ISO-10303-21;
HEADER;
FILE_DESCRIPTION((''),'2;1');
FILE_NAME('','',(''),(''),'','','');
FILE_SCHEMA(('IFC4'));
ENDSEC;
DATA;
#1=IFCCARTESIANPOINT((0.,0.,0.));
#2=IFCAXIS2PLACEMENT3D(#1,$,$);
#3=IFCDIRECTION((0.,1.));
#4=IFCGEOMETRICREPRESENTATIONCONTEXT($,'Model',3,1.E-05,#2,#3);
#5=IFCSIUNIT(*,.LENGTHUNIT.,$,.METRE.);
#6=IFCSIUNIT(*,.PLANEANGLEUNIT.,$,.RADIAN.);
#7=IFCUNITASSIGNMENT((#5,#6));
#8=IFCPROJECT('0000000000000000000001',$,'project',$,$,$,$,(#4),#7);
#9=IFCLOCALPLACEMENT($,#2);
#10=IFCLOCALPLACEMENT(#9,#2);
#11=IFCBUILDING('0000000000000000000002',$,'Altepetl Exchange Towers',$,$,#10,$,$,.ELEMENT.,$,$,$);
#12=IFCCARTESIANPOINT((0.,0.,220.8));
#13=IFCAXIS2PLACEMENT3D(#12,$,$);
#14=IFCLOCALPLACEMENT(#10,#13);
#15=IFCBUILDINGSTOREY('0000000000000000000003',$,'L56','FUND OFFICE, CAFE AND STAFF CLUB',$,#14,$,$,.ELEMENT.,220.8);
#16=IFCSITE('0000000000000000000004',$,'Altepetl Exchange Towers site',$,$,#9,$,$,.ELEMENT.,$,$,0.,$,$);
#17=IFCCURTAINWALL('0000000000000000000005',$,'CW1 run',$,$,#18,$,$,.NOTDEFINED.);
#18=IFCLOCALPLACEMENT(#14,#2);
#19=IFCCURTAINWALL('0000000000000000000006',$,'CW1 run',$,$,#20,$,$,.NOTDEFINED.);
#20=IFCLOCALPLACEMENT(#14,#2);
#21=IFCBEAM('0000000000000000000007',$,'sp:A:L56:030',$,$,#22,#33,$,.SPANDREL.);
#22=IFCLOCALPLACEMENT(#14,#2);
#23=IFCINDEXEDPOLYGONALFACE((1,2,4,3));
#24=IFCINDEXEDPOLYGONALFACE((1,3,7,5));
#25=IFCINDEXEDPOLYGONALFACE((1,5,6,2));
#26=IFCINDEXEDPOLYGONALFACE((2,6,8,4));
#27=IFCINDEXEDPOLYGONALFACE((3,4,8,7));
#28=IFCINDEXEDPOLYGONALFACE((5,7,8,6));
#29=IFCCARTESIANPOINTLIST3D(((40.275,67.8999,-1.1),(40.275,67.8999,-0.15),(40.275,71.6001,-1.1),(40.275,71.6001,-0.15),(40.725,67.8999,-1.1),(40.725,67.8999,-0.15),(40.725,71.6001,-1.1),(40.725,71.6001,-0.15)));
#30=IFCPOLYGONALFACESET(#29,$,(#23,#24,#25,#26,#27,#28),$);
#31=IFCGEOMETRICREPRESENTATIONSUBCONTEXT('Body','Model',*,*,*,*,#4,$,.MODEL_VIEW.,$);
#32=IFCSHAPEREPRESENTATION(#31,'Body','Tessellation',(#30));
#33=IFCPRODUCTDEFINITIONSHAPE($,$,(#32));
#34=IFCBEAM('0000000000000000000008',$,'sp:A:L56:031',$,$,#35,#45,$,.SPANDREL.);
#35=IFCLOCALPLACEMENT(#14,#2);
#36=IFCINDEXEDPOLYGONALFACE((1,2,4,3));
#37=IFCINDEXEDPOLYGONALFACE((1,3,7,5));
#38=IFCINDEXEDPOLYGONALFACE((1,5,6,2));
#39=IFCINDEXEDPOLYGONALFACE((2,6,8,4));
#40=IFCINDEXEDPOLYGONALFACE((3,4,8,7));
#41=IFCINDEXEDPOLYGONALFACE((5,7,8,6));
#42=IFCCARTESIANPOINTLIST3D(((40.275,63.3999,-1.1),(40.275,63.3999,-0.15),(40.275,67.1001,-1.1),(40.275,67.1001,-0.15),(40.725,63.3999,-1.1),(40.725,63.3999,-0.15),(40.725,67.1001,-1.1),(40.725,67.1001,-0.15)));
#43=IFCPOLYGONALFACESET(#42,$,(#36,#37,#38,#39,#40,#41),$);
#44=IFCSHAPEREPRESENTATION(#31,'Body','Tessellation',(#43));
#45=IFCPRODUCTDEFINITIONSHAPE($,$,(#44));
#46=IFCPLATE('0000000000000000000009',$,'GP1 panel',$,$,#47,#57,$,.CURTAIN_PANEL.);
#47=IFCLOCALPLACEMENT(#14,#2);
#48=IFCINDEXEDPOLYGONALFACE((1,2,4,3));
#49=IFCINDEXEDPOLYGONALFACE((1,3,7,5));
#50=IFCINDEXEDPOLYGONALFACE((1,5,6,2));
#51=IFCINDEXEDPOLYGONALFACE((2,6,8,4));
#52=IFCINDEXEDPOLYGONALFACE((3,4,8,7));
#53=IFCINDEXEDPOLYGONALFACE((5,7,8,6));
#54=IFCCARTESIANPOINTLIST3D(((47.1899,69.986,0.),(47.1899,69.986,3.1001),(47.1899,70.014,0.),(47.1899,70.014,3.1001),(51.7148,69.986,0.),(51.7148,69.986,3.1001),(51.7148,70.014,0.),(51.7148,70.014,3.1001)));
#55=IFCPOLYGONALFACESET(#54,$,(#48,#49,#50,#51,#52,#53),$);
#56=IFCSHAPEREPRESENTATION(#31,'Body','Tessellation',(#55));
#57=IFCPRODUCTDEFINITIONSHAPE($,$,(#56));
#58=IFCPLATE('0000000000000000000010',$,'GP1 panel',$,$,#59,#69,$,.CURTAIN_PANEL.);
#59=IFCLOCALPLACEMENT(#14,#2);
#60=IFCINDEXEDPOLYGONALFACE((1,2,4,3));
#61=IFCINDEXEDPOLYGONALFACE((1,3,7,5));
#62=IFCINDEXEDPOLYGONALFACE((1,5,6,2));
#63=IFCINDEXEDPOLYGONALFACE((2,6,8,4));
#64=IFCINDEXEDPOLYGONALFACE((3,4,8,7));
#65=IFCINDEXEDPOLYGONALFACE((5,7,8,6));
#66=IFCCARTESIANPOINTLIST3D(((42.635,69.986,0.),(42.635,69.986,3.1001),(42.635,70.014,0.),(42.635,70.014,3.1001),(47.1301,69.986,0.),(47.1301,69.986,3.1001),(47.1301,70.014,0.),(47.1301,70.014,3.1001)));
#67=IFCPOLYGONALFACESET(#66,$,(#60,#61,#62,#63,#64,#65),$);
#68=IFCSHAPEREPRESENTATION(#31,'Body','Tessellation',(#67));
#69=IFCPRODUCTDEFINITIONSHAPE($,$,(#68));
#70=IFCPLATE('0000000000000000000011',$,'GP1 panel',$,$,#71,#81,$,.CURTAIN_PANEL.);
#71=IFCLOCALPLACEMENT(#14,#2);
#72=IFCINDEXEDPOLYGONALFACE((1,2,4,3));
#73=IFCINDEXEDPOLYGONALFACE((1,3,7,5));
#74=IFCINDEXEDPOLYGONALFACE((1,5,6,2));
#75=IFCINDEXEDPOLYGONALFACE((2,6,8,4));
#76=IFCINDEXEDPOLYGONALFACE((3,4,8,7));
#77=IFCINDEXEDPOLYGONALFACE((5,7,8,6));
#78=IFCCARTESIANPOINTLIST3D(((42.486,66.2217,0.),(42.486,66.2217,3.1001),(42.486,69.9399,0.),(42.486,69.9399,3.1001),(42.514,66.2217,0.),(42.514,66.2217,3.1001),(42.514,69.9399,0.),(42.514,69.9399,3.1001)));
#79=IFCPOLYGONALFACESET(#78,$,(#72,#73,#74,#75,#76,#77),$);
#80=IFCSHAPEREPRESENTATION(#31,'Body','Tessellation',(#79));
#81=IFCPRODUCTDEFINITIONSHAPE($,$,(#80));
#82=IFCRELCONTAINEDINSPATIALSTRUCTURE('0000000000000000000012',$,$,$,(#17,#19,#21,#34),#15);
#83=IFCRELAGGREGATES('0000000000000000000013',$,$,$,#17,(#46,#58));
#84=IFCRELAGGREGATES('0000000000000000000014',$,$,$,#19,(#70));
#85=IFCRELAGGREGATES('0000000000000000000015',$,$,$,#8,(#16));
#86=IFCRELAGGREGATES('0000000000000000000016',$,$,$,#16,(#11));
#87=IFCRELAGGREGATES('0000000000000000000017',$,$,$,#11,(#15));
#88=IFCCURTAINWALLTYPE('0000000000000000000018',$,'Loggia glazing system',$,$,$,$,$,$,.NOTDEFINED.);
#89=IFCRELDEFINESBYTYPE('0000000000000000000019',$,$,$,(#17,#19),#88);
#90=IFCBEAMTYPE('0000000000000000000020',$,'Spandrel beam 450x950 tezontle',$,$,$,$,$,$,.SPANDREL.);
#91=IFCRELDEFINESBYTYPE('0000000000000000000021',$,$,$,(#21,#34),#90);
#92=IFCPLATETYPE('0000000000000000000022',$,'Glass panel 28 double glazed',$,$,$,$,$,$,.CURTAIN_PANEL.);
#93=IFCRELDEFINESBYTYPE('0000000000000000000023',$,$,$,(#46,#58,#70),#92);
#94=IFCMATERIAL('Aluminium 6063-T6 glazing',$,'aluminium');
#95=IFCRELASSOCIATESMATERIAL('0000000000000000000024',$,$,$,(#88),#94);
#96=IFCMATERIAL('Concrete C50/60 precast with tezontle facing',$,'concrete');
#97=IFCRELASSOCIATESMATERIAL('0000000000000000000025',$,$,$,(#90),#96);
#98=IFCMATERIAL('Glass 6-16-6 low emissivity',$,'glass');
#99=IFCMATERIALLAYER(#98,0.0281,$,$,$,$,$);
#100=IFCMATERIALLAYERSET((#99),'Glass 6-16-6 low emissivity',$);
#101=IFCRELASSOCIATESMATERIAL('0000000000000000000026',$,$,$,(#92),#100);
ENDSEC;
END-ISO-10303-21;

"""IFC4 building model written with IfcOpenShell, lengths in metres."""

from ifc_helpers import new_model, si_unit, direction, frame, origin, origin_2d, place, context, subcontext, project, spatial, rectangle, extrude, material, layer, layer_set, material_profile, profile_set, type_object, element, aggregate, save


model = new_model("IFC4")

# Units and contexts
model_context = context("Model", 3, precision=1e-05, world=origin(), true_north=direction((0.0, 1.0)))
body_context = subcontext(model_context, "Body", "Model", "MODEL_VIEW")
ifc_project = project(units=[si_unit("LENGTHUNIT", "METRE"), si_unit("PLANEANGLEUNIT", "RADIAN")], contexts=[model_context])

# Site, building, storey
site_placement = place(None, origin())
site = spatial("IfcSite", under=ifc_project, at=site_placement, Name="Altepetl Exchange Towers site", CompositionType="ELEMENT", RefElevation=0.0)
building_placement = place(site_placement, origin())
building = spatial("IfcBuilding", under=site, at=building_placement, Name="Altepetl Exchange Towers", CompositionType="ELEMENT")
storey_placement = place(building_placement, frame((0.0, 0.0, 220.8)))
storey = spatial("IfcBuildingStorey", under=building, at=storey_placement, Name="L56", Description="FUND OFFICE, CAFE AND STAFF CLUB", CompositionType="ELEMENT", Elevation=220.8)

# Curtain walls
ifc_material_1 = material(Name="Aluminium 6063-T6 glazing", Category="aluminium")
curtain_wall_type = type_object("IfcCurtainWallType", Name="Loggia glazing system", PredefinedType="NOTDEFINED", material=ifc_material_1)
curtain_wall_1_placement = place(storey_placement, origin())
curtain_wall_1 = element("IfcCurtainWall", 1, at=curtain_wall_1_placement, inside=storey, type_object=curtain_wall_type, Name="CW1 run", PredefinedType="NOTDEFINED")
curtain_wall_2_placement = place(storey_placement, origin())
curtain_wall_2 = element("IfcCurtainWall", 2, at=curtain_wall_2_placement, inside=storey, type_object=curtain_wall_type, Name="CW1 run", PredefinedType="NOTDEFINED")

# Beams
ifc_material_2 = material(Name="Concrete C50/60 precast with tezontle facing", Category="concrete")
ifc_material_profile_1 = material_profile(ifc_material_2, rectangle(XDim=0.45, YDim=0.95, at=origin_2d()), Name="450 x 950")
ifc_profile_set_1 = profile_set([ifc_material_profile_1], Name="Concrete C50/60 precast with tezontle facing")
beam_type_1 = type_object("IfcBeamType", Name="Spandrel beam 450x950 tezontle", PredefinedType="SPANDREL", material=ifc_profile_set_1)
for number, where, z_axis, x_axis, name in (
    (3, (40.5, 71.6001, -0.625), (0.0, -1.0, 0.0), (1.0, 0.0, 0.0), "sp:A:L56:030"),
    (4, (40.5, 67.1001, -0.625), (0.0, -1.0, 0.0), (1.0, 0.0, 0.0), "sp:A:L56:031"),
):
    element("IfcBeam", number, at=place(storey_placement, frame(where, z_axis=z_axis, x_axis=x_axis)), inside=storey, type_object=beam_type_1, Name=name, PredefinedType="SPANDREL", context=body_context, shape_type="SweptSolid", body=[
        extrude(rectangle(XDim=0.45, YDim=0.95, at=origin_2d()), origin(), (0.0, 0.0, 1.0), 3.7002),
    ])

# Plates
ifc_material_3 = material(Name="Glass 6-16-6 low emissivity", Category="glass")
ifc_layer = layer(ifc_material_3, 0.0281)
ifc_layer_set = layer_set([ifc_layer], Name="Glass 6-16-6 low emissivity")
plate_type = type_object("IfcPlateType", Name="Glass panel 28 double glazed", PredefinedType="CURTAIN_PANEL", material=ifc_layer_set)
plate_1_placement = place(storey_placement, frame((49.4524, 70.0, 0.0), z_axis=(0.0, 0.0, 1.0), x_axis=(-1.0, 0.0, 0.0)))
plate_1 = element("IfcPlate", 5, at=plate_1_placement, type_object=plate_type, Name="GP1 panel", PredefinedType="CURTAIN_PANEL", context=body_context, shape_type="SweptSolid", body=[
    extrude(rectangle(XDim=4.5249, YDim=0.0281, at=origin_2d()), origin(), (0.0, 0.0, 1.0), 3.1001),
])
plate_2_placement = place(storey_placement, frame((44.8826, 70.0, 0.0), z_axis=(0.0, 0.0, 1.0), x_axis=(-1.0, 0.0, 0.0)))
plate_2 = element("IfcPlate", 6, at=plate_2_placement, type_object=plate_type, Name="GP1 panel", PredefinedType="CURTAIN_PANEL", context=body_context, shape_type="SweptSolid", body=[
    extrude(rectangle(XDim=4.4951, YDim=0.0281, at=origin_2d()), origin(), (0.0, 0.0, 1.0), 3.1001),
])
aggregate(curtain_wall_1, [plate_1, plate_2])
plate_3_placement = place(storey_placement, frame((42.5, 68.0808, 0.0), z_axis=(0.0, 0.0, 1.0), x_axis=(0.0, -1.0, 0.0)))
plate_3 = element("IfcPlate", 7, at=plate_3_placement, type_object=plate_type, Name="GP1 panel", PredefinedType="CURTAIN_PANEL", context=body_context, shape_type="SweptSolid", body=[
    extrude(rectangle(XDim=3.7183, YDim=0.0281, at=origin_2d()), origin(), (0.0, 0.0, 1.0), 3.1001),
])
aggregate(curtain_wall_2, [plate_3])

save(model, "model.ifc")
